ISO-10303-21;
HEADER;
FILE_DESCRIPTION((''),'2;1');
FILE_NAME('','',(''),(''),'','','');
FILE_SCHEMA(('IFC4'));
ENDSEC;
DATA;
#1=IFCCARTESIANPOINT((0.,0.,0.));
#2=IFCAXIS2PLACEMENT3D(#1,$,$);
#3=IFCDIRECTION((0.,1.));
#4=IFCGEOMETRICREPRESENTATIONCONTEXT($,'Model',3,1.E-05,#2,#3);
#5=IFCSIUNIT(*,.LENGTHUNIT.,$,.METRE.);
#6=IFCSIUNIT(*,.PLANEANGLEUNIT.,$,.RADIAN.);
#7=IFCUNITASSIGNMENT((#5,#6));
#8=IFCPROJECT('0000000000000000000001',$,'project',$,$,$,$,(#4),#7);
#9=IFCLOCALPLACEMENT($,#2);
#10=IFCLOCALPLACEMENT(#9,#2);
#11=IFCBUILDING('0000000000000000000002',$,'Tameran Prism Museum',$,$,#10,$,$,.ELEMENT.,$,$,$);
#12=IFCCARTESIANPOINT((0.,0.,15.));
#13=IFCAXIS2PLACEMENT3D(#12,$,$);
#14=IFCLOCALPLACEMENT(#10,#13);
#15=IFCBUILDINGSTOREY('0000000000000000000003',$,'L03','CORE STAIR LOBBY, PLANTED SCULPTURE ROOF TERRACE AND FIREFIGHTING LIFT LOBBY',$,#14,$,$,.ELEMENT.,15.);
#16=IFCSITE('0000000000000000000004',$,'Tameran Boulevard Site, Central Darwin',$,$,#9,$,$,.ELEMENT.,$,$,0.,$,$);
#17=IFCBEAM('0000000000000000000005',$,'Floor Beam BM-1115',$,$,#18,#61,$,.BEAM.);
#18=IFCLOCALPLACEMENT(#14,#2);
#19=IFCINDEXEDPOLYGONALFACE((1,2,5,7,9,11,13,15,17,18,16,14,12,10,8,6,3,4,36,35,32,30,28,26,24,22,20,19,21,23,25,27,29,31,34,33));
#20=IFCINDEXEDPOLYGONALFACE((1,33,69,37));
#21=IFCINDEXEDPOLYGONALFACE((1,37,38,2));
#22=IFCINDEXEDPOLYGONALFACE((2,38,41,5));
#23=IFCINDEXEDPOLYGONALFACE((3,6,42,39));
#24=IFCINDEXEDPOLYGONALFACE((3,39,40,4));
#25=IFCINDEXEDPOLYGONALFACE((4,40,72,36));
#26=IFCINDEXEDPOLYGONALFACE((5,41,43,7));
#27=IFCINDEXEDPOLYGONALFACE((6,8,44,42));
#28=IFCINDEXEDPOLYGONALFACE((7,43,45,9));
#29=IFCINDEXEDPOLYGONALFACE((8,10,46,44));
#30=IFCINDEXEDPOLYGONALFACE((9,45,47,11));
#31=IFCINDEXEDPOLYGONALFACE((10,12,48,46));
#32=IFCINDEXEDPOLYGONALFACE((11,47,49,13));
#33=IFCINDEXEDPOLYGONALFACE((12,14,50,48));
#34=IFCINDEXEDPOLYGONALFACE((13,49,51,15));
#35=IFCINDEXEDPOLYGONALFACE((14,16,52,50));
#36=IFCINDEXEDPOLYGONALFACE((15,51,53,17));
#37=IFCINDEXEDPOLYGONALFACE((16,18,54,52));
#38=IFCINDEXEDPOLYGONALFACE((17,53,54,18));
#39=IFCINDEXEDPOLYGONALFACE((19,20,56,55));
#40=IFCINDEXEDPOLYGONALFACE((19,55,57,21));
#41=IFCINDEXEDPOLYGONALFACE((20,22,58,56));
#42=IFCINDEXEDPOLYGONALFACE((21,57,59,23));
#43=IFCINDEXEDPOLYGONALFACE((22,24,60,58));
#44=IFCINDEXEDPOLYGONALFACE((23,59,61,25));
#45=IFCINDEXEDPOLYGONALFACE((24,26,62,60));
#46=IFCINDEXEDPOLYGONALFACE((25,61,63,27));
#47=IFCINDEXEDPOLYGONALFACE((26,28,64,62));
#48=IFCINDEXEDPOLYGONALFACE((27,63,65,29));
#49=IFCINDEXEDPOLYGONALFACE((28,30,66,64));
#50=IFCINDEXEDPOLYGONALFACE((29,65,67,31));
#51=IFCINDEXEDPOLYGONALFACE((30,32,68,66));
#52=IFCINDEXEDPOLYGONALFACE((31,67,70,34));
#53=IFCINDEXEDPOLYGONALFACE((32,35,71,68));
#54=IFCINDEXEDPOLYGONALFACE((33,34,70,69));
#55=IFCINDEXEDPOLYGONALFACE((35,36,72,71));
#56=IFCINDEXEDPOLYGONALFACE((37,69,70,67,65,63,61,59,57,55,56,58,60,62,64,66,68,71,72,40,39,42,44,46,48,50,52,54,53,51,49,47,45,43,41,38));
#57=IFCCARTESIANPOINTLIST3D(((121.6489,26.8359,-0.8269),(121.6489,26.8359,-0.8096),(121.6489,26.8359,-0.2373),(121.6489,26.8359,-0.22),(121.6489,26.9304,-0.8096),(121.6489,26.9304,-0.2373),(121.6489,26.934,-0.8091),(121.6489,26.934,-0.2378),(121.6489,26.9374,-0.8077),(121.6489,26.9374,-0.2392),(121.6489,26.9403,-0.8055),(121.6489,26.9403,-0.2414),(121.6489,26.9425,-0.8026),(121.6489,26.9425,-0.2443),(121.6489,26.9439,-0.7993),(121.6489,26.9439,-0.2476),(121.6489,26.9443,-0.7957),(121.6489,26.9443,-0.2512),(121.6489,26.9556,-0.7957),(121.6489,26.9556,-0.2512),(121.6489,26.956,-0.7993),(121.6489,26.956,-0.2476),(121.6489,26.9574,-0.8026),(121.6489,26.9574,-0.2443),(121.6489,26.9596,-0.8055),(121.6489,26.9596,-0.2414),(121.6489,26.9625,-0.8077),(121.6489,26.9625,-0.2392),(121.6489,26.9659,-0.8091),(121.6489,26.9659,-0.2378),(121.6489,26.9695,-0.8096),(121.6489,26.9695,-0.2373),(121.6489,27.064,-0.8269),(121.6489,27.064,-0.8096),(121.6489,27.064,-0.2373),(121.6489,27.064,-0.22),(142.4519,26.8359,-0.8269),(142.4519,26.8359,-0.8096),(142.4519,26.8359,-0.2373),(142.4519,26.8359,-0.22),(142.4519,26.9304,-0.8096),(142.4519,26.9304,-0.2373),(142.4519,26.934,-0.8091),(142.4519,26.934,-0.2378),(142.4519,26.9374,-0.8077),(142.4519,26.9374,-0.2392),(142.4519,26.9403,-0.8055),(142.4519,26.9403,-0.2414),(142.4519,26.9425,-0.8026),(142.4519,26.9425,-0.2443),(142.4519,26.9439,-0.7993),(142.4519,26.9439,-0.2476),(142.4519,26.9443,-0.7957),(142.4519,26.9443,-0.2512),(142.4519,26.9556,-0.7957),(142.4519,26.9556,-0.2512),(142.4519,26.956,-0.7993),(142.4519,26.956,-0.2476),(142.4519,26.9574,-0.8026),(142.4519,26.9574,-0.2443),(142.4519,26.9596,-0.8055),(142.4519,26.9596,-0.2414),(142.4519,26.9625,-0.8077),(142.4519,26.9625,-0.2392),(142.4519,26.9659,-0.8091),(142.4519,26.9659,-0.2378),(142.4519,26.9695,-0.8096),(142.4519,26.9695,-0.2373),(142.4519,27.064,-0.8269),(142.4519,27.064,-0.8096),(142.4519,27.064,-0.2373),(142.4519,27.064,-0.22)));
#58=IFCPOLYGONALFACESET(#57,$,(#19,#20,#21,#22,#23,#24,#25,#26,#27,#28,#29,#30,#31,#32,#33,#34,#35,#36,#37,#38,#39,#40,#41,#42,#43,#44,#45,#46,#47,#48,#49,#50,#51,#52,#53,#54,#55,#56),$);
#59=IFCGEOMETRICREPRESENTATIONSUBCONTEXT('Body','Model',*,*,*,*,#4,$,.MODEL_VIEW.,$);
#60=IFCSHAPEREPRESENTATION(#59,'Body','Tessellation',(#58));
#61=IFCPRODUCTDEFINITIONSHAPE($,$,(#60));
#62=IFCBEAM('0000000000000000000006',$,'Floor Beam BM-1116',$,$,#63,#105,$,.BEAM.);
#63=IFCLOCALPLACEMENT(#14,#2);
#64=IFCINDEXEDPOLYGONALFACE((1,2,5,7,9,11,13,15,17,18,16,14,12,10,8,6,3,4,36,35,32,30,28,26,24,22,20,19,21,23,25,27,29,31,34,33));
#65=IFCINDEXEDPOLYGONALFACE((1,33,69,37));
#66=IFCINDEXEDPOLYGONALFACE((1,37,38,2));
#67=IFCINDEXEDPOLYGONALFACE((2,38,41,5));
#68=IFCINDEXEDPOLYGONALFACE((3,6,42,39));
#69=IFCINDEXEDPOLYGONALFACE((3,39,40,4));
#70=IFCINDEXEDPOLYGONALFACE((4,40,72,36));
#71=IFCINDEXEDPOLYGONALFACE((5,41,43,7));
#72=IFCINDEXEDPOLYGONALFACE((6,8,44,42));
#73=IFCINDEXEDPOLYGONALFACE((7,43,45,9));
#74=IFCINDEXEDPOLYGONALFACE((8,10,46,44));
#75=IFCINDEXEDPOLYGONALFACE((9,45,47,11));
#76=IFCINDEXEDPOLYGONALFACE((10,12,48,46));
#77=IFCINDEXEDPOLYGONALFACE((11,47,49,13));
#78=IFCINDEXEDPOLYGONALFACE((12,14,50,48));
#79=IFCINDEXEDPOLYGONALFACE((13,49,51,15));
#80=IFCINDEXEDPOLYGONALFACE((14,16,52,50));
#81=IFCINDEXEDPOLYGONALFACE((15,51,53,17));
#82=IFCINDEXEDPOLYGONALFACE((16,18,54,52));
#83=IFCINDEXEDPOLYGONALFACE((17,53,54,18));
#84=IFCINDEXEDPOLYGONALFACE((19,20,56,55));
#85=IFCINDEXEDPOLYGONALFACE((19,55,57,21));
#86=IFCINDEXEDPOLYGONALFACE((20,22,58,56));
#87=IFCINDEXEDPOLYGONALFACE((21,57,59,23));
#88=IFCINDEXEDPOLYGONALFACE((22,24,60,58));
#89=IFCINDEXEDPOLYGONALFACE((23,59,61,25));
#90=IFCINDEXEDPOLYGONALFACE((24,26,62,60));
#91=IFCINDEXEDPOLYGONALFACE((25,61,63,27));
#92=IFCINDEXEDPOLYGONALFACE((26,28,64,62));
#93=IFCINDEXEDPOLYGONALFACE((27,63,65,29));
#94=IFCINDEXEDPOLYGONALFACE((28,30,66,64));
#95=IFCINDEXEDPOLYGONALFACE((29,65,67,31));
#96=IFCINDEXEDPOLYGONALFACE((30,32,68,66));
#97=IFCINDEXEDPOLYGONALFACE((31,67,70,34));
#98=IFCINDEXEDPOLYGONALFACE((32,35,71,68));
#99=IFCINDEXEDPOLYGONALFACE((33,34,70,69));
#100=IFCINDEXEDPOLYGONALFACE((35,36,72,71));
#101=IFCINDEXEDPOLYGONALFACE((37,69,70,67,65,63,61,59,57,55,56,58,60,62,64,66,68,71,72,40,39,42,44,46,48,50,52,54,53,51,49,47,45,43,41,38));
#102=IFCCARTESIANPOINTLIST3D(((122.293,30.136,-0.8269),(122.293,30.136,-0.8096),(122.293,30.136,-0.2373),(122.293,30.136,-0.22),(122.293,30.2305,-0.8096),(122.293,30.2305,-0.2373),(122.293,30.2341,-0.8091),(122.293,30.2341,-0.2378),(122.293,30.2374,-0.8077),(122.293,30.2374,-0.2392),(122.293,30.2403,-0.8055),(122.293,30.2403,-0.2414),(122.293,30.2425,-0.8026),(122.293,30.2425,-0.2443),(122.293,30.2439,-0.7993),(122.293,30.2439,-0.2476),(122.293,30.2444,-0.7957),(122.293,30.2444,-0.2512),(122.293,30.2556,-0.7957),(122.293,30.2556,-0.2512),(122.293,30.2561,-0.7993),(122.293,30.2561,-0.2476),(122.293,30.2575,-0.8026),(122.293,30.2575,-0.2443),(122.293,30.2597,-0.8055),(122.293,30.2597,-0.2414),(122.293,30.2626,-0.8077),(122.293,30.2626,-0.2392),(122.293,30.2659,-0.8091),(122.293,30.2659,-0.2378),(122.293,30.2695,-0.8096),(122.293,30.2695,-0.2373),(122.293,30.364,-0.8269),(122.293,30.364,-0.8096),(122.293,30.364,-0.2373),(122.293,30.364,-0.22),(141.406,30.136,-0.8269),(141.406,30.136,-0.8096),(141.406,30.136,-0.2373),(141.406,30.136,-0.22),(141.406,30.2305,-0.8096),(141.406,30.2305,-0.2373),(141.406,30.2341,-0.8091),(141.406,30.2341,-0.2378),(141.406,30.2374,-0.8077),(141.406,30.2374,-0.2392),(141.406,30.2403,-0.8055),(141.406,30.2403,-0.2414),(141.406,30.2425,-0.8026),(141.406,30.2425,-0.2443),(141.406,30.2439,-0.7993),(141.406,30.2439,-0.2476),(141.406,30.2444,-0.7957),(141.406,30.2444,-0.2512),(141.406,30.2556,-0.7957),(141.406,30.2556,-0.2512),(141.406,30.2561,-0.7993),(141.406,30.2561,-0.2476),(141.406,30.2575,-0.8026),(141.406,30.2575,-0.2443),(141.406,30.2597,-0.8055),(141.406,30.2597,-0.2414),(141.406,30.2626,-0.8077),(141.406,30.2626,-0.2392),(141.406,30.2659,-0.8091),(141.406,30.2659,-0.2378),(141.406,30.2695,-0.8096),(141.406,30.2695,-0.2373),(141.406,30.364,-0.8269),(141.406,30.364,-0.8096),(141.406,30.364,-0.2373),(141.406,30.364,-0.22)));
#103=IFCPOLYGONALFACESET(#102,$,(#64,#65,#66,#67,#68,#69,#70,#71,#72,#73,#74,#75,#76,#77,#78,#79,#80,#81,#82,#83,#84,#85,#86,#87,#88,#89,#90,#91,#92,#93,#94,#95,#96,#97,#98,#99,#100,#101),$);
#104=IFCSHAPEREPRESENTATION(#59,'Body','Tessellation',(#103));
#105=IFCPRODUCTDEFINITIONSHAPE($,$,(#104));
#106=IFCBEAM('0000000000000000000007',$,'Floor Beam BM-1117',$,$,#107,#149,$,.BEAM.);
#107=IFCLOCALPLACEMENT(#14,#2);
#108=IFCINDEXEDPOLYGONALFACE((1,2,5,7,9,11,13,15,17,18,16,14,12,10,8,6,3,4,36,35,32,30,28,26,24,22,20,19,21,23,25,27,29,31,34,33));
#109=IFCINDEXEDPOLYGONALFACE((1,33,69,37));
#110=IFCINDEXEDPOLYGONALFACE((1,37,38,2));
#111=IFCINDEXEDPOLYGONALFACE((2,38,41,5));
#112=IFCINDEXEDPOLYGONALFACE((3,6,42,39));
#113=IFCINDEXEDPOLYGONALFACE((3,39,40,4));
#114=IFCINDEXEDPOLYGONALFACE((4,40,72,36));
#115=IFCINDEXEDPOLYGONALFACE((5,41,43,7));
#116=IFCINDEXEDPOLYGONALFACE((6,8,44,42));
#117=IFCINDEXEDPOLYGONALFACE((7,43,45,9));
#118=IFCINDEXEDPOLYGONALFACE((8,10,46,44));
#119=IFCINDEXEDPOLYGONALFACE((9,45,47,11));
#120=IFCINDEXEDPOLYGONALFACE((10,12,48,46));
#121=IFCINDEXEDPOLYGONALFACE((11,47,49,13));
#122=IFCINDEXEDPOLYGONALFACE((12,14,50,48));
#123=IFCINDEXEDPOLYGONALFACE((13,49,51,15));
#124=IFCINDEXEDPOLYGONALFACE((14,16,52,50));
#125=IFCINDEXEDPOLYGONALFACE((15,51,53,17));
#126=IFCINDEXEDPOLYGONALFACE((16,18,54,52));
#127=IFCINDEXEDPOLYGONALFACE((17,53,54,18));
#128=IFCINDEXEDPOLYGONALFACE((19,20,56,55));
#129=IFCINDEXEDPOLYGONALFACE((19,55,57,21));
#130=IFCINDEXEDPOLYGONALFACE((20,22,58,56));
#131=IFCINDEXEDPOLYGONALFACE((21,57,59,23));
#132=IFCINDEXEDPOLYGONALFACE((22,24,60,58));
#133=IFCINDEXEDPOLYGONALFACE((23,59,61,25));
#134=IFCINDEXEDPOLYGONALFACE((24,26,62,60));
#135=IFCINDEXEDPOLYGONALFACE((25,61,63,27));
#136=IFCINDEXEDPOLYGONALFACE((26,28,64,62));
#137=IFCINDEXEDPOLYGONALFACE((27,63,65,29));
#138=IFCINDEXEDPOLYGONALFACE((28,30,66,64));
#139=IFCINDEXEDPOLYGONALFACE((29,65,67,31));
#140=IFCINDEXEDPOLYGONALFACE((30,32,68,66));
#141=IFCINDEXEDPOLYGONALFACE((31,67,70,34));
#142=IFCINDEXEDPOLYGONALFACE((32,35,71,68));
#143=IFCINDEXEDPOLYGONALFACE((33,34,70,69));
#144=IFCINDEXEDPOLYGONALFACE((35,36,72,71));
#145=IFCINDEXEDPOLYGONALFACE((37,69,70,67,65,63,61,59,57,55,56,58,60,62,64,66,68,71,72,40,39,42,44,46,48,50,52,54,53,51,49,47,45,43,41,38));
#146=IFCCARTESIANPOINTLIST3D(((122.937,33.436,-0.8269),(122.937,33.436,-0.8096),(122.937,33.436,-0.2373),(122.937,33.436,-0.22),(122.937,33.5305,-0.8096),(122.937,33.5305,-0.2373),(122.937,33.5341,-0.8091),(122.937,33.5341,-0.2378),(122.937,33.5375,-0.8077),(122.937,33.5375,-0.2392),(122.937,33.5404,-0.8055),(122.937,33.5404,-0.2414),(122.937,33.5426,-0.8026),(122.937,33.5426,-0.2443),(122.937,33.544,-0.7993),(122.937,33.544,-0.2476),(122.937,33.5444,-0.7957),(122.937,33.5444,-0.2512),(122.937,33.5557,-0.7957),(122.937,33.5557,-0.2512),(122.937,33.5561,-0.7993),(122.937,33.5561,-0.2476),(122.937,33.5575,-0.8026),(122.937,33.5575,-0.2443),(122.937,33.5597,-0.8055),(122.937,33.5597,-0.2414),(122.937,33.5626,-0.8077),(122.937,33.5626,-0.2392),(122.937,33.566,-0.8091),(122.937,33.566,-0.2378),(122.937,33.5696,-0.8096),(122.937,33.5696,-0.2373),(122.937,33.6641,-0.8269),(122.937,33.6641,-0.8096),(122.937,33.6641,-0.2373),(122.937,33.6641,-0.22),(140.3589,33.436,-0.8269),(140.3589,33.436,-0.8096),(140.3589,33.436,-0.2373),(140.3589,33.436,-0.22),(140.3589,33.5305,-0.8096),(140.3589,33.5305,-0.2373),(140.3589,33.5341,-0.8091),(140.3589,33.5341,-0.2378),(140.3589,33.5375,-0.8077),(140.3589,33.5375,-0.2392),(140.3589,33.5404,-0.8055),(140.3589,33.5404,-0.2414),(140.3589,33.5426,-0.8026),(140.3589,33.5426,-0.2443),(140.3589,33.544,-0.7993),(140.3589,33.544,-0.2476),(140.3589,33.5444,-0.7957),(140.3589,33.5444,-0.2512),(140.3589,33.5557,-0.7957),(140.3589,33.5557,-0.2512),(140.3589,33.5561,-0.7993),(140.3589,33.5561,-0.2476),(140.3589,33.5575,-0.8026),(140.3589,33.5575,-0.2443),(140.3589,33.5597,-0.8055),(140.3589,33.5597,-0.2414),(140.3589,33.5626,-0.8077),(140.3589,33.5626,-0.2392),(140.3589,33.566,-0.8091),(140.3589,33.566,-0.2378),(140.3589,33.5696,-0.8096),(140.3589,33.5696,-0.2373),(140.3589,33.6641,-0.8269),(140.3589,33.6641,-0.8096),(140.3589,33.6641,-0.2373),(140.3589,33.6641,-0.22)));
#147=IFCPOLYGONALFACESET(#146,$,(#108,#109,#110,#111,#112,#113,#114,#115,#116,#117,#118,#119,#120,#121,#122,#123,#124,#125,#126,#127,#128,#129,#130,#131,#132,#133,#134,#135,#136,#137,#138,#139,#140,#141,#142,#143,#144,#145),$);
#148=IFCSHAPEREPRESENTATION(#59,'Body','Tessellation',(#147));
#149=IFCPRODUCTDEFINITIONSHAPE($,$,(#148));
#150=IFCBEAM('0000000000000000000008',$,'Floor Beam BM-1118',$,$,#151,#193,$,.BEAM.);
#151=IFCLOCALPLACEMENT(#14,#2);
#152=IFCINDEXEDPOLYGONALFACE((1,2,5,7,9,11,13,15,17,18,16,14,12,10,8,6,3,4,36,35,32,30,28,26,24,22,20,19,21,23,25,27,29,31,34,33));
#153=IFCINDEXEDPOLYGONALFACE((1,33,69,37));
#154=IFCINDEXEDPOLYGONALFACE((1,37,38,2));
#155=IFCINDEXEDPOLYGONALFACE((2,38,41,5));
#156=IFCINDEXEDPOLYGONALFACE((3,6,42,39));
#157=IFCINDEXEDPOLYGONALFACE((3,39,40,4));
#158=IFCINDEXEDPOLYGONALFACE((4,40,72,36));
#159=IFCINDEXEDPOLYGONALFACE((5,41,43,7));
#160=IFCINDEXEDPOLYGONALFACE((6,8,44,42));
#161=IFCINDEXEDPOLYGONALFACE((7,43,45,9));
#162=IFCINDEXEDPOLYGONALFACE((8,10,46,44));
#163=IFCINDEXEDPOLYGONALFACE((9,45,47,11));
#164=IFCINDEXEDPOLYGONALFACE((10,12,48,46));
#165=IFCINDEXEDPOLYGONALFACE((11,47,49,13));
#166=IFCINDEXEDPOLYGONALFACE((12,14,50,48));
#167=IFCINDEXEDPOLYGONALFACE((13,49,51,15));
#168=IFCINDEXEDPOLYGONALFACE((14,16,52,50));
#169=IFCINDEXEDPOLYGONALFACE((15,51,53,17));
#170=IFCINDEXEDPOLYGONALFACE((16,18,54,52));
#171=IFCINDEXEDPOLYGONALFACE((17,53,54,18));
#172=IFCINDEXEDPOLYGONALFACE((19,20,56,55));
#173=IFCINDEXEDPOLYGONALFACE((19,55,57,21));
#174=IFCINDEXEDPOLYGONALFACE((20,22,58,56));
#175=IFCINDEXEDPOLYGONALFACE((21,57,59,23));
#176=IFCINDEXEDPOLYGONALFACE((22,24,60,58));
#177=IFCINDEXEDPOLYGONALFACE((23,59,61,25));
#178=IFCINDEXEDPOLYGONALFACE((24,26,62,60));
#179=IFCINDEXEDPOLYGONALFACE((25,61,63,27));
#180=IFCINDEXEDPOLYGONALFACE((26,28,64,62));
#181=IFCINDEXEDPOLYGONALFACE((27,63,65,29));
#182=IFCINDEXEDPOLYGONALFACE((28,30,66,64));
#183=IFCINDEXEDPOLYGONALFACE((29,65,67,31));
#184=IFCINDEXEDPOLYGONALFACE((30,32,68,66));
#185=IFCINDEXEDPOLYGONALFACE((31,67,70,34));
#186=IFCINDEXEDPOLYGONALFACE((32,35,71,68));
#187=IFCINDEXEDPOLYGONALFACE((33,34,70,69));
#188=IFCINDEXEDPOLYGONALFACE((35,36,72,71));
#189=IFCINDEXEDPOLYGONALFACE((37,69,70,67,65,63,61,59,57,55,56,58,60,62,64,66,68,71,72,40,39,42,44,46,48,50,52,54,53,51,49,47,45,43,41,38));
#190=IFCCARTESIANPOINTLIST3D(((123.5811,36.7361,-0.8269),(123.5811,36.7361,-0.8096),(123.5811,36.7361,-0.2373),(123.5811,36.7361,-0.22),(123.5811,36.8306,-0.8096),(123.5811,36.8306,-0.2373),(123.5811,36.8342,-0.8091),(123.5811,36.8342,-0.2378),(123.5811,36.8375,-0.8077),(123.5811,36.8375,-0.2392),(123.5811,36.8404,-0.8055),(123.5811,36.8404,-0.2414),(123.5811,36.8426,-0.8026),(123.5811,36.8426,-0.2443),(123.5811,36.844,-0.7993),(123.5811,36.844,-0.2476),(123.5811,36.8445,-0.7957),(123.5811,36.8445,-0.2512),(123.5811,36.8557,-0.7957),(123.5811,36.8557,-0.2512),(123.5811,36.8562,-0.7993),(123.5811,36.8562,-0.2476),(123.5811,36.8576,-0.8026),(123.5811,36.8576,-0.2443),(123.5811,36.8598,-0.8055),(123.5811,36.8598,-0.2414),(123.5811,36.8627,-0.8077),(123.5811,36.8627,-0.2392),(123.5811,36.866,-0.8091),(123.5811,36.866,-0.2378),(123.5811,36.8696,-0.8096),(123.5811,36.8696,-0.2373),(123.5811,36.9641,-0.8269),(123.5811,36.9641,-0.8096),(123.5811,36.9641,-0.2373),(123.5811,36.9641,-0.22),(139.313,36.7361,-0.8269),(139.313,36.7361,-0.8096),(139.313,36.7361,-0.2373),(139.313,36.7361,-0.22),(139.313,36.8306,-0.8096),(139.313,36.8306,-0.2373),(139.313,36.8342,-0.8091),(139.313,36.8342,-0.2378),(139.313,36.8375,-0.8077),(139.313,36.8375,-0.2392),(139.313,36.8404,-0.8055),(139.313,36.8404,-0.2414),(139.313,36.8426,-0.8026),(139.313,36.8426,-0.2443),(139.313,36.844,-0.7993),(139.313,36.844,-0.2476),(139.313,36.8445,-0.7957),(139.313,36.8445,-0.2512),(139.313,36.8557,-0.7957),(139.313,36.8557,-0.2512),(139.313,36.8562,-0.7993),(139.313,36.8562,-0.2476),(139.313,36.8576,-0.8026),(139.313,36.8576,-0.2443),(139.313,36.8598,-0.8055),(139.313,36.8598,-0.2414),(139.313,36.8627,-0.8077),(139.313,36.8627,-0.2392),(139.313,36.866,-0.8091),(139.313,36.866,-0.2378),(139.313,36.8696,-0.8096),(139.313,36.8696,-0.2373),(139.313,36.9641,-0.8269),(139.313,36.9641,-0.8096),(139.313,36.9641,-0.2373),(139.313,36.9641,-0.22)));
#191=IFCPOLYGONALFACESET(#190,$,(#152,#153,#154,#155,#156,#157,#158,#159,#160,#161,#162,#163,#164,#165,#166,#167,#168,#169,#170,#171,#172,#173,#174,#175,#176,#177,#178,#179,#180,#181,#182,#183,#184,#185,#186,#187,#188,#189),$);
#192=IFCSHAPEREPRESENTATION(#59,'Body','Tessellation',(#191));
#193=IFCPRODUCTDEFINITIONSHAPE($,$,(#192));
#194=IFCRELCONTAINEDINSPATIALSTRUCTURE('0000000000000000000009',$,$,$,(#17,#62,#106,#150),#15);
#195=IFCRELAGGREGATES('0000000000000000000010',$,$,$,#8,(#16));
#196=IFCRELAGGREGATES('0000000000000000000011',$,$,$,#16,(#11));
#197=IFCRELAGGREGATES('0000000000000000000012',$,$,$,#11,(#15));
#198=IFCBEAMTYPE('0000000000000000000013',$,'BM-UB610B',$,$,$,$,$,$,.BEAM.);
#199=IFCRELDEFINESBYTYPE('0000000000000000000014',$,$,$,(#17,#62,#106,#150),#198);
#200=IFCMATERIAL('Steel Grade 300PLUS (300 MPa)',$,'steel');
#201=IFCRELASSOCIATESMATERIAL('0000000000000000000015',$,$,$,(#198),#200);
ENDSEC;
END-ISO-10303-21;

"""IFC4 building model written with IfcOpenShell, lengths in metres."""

from ifc_helpers import new_model, si_unit, direction, frame, origin, origin_2d, place, context, subcontext, project, spatial, i_section, extrude, material, material_profile, profile_set, type_object, element, save


model = new_model("IFC4")

# Units and contexts
model_context = context("Model", 3, precision=1e-05, world=origin(), true_north=direction((0.0, 1.0)))
body_context = subcontext(model_context, "Body", "Model", "MODEL_VIEW")
ifc_project = project(units=[si_unit("LENGTHUNIT", "METRE"), si_unit("PLANEANGLEUNIT", "RADIAN")], contexts=[model_context])

# Site, building, storey
site_placement = place(None, origin())
site = spatial("IfcSite", under=ifc_project, at=site_placement, Name="Tameran Boulevard Site, Central Darwin", CompositionType="ELEMENT", RefElevation=0.0)
building_placement = place(site_placement, origin())
building = spatial("IfcBuilding", under=site, at=building_placement, Name="Tameran Prism Museum", CompositionType="ELEMENT")
storey_placement = place(building_placement, frame((0.0, 0.0, 15.0)))
storey = spatial("IfcBuildingStorey", under=building, at=storey_placement, Name="L03", Description="CORE STAIR LOBBY, PLANTED SCULPTURE ROOF TERRACE AND FIREFIGHTING LIFT LOBBY", CompositionType="ELEMENT", Elevation=15.0)

# Beams
ifc_material_1 = material(Name="Steel Grade 300PLUS (300 MPa)", Category="steel")
ifc_material_profile_1 = material_profile(ifc_material_1, i_section(OverallWidth=0.228, OverallDepth=0.6069, WebThickness=0.0112, FlangeThickness=0.0173, FilletRadius=0.0139, at=origin_2d()))
ifc_profile_set_1 = profile_set([ifc_material_profile_1])
beam_type_1 = type_object("IfcBeamType", Name="BM-UB610B", PredefinedType="BEAM", material=ifc_profile_set_1)
beam_1_placement = place(storey_placement, frame((121.6489, 26.95, -0.5234), z_axis=(1.0, 0.0, 0.0), x_axis=(0.0, 1.0, 0.0)))
element("IfcBeam", 1, at=beam_1_placement, inside=storey, type_object=beam_type_1, Name="Floor Beam BM-1115", PredefinedType="BEAM", context=body_context, shape_type="SweptSolid", body=[
    extrude(i_section(OverallWidth=0.228, OverallDepth=0.6069, WebThickness=0.0112, FlangeThickness=0.0173, FilletRadius=0.0139, at=origin_2d()), origin(), (0.0, 0.0, 1.0), 20.803),
])
beam_2_placement = place(storey_placement, frame((122.293, 30.25, -0.5234), z_axis=(1.0, 0.0, 0.0), x_axis=(0.0, 1.0, 0.0)))
element("IfcBeam", 2, at=beam_2_placement, inside=storey, type_object=beam_type_1, Name="Floor Beam BM-1116", PredefinedType="BEAM", context=body_context, shape_type="SweptSolid", body=[
    extrude(i_section(OverallWidth=0.228, OverallDepth=0.6069, WebThickness=0.0112, FlangeThickness=0.0173, FilletRadius=0.0139, at=origin_2d()), origin(), (0.0, 0.0, 1.0), 19.113),
])
beam_3_placement = place(storey_placement, frame((122.937, 33.55, -0.5234), z_axis=(1.0, 0.0, 0.0), x_axis=(0.0, 1.0, 0.0)))
element("IfcBeam", 3, at=beam_3_placement, inside=storey, type_object=beam_type_1, Name="Floor Beam BM-1117", PredefinedType="BEAM", context=body_context, shape_type="SweptSolid", body=[
    extrude(i_section(OverallWidth=0.228, OverallDepth=0.6069, WebThickness=0.0112, FlangeThickness=0.0173, FilletRadius=0.0139, at=origin_2d()), origin(), (0.0, 0.0, 1.0), 17.4219),
])
beam_4_placement = place(storey_placement, frame((123.5811, 36.8501, -0.5234), z_axis=(1.0, 0.0, 0.0), x_axis=(0.0, 1.0, 0.0)))
element("IfcBeam", 4, at=beam_4_placement, inside=storey, type_object=beam_type_1, Name="Floor Beam BM-1118", PredefinedType="BEAM", context=body_context, shape_type="SweptSolid", body=[
    extrude(i_section(OverallWidth=0.228, OverallDepth=0.6069, WebThickness=0.0112, FlangeThickness=0.0173, FilletRadius=0.0139, at=origin_2d()), origin(), (0.0, 0.0, 1.0), 15.7319),
])

save(model, "model.ifc")
